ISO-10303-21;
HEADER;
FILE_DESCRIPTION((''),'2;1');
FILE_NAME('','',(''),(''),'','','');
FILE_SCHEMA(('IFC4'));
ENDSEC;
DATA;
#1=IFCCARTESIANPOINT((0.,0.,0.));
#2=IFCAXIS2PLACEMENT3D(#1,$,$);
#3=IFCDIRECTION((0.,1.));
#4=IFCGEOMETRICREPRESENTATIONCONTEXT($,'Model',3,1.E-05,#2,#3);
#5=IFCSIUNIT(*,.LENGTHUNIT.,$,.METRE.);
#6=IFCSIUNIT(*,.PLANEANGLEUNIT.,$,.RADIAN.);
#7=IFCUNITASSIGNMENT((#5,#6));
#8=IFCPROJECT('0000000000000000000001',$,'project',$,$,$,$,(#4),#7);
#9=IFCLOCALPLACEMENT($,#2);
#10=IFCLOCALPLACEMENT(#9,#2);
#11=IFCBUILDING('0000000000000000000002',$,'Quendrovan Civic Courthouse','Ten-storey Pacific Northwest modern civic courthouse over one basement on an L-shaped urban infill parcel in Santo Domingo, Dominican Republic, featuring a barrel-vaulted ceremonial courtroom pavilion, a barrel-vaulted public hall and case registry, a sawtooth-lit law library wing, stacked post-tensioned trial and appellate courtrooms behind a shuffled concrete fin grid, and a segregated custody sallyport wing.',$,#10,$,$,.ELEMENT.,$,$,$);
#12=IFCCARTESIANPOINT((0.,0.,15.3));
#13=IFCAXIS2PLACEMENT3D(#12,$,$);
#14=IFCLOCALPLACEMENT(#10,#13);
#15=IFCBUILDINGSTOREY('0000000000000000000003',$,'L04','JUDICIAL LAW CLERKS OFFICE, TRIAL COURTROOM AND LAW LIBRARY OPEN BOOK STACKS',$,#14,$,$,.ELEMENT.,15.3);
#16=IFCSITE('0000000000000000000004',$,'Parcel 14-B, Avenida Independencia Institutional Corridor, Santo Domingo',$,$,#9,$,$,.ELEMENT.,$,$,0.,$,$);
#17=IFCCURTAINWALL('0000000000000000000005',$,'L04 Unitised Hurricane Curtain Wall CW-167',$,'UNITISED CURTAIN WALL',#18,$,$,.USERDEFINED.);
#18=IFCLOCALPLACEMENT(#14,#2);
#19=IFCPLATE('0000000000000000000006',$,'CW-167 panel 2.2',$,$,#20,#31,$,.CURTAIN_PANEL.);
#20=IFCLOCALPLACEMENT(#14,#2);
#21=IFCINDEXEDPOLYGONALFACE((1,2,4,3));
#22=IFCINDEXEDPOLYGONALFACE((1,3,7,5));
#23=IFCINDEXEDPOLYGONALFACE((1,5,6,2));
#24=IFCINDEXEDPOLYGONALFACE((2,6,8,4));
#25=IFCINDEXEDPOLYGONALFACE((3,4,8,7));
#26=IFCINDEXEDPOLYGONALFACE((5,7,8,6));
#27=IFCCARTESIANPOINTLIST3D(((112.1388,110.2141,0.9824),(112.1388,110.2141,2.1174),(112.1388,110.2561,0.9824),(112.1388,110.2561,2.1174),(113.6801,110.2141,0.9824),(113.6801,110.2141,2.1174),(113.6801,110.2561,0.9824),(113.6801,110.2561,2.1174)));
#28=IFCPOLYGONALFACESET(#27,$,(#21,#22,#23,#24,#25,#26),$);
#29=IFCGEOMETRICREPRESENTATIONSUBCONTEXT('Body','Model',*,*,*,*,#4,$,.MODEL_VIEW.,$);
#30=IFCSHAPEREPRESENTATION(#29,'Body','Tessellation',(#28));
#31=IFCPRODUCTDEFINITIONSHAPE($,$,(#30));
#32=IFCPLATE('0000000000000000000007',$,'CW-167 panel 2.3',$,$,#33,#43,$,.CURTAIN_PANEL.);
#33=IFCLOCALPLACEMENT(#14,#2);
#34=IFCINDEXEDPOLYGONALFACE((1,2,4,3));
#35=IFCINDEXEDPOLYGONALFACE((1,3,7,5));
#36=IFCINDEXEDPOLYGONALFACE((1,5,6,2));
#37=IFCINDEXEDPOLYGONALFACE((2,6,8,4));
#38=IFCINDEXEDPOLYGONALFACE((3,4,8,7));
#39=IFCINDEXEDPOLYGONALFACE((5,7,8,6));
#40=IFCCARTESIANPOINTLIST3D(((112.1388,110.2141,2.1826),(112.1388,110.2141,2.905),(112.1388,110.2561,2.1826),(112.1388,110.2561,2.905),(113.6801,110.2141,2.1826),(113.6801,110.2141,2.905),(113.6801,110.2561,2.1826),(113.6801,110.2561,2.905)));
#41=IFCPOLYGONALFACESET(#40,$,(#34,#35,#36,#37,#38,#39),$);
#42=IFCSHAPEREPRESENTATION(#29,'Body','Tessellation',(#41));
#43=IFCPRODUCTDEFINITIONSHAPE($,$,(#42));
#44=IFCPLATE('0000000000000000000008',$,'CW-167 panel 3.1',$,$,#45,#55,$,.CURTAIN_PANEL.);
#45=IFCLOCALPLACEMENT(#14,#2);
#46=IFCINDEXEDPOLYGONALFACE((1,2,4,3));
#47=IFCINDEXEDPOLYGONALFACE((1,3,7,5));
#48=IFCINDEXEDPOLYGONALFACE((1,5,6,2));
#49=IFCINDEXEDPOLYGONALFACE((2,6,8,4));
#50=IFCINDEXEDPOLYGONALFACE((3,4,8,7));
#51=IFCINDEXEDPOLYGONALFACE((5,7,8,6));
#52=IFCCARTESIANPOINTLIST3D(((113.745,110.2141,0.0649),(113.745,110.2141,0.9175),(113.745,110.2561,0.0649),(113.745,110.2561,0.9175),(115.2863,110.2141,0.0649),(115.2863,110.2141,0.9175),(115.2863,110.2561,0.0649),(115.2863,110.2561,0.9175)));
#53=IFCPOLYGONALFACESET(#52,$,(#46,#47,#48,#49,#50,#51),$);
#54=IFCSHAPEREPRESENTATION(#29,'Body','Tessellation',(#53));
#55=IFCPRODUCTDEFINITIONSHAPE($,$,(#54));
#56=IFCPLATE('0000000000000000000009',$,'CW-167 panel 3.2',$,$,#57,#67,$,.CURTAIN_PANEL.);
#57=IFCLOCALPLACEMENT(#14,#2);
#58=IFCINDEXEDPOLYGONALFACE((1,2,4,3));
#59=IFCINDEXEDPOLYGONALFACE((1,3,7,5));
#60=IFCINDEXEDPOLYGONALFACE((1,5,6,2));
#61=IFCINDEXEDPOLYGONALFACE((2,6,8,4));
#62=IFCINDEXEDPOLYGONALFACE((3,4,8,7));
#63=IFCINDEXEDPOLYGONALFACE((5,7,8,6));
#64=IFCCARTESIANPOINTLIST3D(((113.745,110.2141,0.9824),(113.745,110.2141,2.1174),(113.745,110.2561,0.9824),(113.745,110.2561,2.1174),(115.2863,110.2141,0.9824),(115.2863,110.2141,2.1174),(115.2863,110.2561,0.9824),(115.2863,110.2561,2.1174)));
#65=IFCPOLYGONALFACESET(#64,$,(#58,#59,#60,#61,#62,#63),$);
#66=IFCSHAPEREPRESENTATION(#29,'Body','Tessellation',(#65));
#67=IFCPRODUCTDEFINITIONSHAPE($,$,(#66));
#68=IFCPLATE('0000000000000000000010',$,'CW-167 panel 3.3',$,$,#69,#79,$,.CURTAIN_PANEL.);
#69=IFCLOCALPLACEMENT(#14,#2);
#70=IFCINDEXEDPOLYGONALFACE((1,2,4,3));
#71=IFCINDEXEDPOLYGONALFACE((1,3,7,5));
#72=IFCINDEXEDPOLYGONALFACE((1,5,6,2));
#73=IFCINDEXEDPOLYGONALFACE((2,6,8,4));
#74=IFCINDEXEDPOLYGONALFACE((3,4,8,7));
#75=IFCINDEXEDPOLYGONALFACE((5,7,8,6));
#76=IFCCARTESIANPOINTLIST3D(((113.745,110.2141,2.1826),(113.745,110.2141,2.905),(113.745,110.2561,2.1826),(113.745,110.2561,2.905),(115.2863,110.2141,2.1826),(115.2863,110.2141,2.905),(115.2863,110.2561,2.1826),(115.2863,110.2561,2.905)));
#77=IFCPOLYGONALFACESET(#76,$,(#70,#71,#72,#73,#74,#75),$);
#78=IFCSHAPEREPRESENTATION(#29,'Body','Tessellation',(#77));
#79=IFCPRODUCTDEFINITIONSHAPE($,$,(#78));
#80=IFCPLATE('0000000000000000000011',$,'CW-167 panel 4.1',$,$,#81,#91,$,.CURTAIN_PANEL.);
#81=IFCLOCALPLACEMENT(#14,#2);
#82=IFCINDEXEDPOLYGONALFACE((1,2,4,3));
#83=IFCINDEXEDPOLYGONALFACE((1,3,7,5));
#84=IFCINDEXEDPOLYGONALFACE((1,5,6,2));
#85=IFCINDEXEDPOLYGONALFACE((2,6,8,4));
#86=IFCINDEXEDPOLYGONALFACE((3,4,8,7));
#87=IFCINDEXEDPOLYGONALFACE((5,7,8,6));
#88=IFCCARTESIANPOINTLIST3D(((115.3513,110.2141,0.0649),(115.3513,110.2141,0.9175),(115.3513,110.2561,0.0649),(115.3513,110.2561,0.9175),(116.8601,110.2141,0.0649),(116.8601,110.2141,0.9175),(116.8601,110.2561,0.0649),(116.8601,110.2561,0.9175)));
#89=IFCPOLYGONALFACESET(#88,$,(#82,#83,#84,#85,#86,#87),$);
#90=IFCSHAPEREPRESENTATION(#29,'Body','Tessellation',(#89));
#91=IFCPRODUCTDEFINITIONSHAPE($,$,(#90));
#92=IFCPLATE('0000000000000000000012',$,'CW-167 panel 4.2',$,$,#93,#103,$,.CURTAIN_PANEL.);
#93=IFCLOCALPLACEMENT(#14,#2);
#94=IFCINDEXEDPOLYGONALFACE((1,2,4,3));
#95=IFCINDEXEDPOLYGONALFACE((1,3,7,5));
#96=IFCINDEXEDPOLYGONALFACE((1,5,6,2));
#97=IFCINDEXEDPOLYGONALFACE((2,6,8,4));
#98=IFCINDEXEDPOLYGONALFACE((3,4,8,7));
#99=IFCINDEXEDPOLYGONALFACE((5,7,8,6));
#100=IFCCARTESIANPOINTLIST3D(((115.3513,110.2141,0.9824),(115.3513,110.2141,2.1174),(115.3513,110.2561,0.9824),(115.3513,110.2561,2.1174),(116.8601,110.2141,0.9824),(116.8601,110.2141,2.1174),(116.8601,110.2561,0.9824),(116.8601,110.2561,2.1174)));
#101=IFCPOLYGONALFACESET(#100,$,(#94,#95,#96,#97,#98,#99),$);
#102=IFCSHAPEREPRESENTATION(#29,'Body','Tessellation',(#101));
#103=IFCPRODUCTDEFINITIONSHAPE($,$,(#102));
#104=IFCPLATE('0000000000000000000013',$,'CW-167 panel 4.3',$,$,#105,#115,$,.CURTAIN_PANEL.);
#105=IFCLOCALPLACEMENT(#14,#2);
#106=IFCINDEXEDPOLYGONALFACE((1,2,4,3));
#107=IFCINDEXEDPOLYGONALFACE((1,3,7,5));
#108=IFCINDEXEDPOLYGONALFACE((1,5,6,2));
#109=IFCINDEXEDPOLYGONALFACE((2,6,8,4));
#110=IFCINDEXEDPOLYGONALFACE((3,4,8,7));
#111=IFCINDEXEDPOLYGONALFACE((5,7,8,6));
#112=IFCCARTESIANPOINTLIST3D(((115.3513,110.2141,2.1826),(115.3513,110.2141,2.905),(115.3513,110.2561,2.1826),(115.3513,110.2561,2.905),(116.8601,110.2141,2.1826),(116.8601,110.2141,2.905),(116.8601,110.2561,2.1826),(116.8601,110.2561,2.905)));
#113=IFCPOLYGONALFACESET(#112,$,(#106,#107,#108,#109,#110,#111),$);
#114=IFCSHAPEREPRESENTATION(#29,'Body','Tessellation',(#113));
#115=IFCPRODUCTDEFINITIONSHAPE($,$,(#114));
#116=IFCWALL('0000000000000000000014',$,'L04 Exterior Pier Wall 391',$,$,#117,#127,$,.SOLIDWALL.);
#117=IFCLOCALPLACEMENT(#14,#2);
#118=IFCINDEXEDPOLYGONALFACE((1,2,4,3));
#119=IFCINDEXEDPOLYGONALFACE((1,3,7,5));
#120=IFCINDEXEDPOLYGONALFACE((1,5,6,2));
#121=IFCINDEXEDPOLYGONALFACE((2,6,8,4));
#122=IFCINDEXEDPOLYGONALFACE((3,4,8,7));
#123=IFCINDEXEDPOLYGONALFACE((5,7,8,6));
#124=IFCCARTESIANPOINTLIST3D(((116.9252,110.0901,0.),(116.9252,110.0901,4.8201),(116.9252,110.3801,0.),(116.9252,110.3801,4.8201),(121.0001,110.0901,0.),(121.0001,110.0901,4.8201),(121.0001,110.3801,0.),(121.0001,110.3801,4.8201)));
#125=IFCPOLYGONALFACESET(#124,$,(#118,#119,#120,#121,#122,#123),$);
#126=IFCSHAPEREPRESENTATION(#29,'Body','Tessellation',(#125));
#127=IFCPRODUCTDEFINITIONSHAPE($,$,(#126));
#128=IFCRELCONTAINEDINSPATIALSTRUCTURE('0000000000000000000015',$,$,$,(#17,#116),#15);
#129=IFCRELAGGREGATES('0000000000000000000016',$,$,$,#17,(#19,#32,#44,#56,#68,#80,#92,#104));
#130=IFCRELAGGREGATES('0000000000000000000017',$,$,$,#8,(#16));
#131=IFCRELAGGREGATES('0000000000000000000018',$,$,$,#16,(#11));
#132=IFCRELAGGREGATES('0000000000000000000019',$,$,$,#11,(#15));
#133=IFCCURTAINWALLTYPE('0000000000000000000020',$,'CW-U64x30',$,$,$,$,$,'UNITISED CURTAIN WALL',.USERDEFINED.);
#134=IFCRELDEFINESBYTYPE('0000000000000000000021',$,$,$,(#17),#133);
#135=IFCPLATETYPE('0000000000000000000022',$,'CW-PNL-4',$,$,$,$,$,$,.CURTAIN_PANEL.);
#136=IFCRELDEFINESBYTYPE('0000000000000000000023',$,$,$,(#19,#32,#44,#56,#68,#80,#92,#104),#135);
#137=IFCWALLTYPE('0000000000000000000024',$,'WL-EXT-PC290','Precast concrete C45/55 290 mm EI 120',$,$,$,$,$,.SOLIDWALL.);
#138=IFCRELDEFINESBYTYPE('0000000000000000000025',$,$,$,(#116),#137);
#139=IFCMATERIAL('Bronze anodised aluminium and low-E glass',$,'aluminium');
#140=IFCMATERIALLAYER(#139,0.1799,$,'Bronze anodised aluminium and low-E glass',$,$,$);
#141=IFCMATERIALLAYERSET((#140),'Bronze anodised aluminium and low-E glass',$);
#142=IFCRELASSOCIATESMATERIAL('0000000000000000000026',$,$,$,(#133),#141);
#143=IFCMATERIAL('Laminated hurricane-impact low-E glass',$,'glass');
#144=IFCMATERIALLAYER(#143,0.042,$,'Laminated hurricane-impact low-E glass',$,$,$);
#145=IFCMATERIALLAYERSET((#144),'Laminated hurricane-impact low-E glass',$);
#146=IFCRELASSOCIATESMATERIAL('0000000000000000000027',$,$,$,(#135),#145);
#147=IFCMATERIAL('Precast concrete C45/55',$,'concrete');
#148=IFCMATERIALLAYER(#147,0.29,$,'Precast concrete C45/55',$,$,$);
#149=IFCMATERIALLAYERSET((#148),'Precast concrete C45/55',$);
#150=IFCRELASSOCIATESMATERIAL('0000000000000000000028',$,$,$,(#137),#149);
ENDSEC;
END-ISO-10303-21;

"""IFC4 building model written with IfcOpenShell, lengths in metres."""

from ifc_helpers import new_model, si_unit, direction, frame, frame_2d, origin, origin_2d, place, context, subcontext, project, spatial, rectangle, extrude, material, layer, layer_set, type_object, element, aggregate, save


model = new_model("IFC4")

# Units and contexts
model_context = context("Model", 3, precision=1e-05, world=origin(), true_north=direction((0.0, 1.0)))
body_context = subcontext(model_context, "Body", "Model", "MODEL_VIEW")
ifc_project = project(units=[si_unit("LENGTHUNIT", "METRE"), si_unit("PLANEANGLEUNIT", "RADIAN")], contexts=[model_context])

# Site, building, storey
site_placement = place(None, origin())
site = spatial("IfcSite", under=ifc_project, at=site_placement, Name="Parcel 14-B, Avenida Independencia Institutional Corridor, Santo Domingo", CompositionType="ELEMENT", RefElevation=0.0)
building_placement = place(site_placement, origin())
building = spatial("IfcBuilding", under=site, at=building_placement, Name="Quendrovan Civic Courthouse", Description="Ten-storey Pacific Northwest modern civic courthouse over one basement on an L-shaped urban infill parcel in Santo Domingo, Dominican Republic, featuring a barrel-vaulted ceremonial courtroom pavilion, a barrel-vaulted public hall and case registry, a sawtooth-lit law library wing, stacked post-tensioned trial and appellate courtrooms behind a shuffled concrete fin grid, and a segregated custody sallyport wing.", CompositionType="ELEMENT")
storey_placement = place(building_placement, frame((0.0, 0.0, 15.3)))
storey = spatial("IfcBuildingStorey", under=building, at=storey_placement, Name="L04", Description="JUDICIAL LAW CLERKS OFFICE, TRIAL COURTROOM AND LAW LIBRARY OPEN BOOK STACKS", CompositionType="ELEMENT", Elevation=15.3)

# Curtain wall, plates
ifc_material_1 = material(Name="Bronze anodised aluminium and low-E glass", Category="aluminium")
ifc_layer_1 = layer(ifc_material_1, 0.1799, Name="Bronze anodised aluminium and low-E glass")
ifc_layer_set_1 = layer_set([ifc_layer_1], Name="Bronze anodised aluminium and low-E glass")
curtain_wall_type = type_object("IfcCurtainWallType", Name="CW-U64x30", ElementType="UNITISED CURTAIN WALL", PredefinedType="USERDEFINED", material=ifc_layer_set_1)
curtain_wall_placement = place(storey_placement, origin())
curtain_wall = element("IfcCurtainWall", 1, at=curtain_wall_placement, inside=storey, type_object=curtain_wall_type, Name="L04 Unitised Hurricane Curtain Wall CW-167", ObjectType="UNITISED CURTAIN WALL", PredefinedType="USERDEFINED")
ifc_material_2 = material(Name="Laminated hurricane-impact low-E glass", Category="glass")
ifc_layer_2 = layer(ifc_material_2, 0.042, Name="Laminated hurricane-impact low-E glass")
ifc_layer_set_2 = layer_set([ifc_layer_2], Name="Laminated hurricane-impact low-E glass")
plate_type = type_object("IfcPlateType", Name="CW-PNL-4", PredefinedType="CURTAIN_PANEL", material=ifc_layer_set_2)
plate_1_placement = place(storey_placement, frame((112.9094, 110.2351, 0.9824), z_axis=(0.0, 0.0, 1.0), x_axis=(1.0, 0.0, 0.0)))
plate_1 = element("IfcPlate", 2, at=plate_1_placement, type_object=plate_type, Name="CW-167 panel 2.2", PredefinedType="CURTAIN_PANEL", context=body_context, shape_type="SweptSolid", body=[
    extrude(rectangle(XDim=1.5413, YDim=0.042, at=origin_2d()), origin(), (0.0, 0.0, 1.0), 1.135),
])
plate_2_placement = place(storey_placement, frame((112.9094, 110.2351, 2.1826), z_axis=(0.0, 0.0, 1.0), x_axis=(1.0, 0.0, 0.0)))
plate_2 = element("IfcPlate", 3, at=plate_2_placement, type_object=plate_type, Name="CW-167 panel 2.3", PredefinedType="CURTAIN_PANEL", context=body_context, shape_type="SweptSolid", body=[
    extrude(rectangle(XDim=1.5413, YDim=0.042, at=origin_2d()), origin(), (0.0, 0.0, 1.0), 0.7224),
])
plate_3_placement = place(storey_placement, frame((114.5156, 110.2351, 0.0649), z_axis=(0.0, 0.0, 1.0), x_axis=(1.0, 0.0, 0.0)))
plate_3 = element("IfcPlate", 4, at=plate_3_placement, type_object=plate_type, Name="CW-167 panel 3.1", PredefinedType="CURTAIN_PANEL", context=body_context, shape_type="SweptSolid", body=[
    extrude(rectangle(XDim=1.5413, YDim=0.042, at=origin_2d()), origin(), (0.0, 0.0, 1.0), 0.8525),
])
plate_4_placement = place(storey_placement, frame((114.5156, 110.2351, 0.9824), z_axis=(0.0, 0.0, 1.0), x_axis=(1.0, 0.0, 0.0)))
plate_4 = element("IfcPlate", 5, at=plate_4_placement, type_object=plate_type, Name="CW-167 panel 3.2", PredefinedType="CURTAIN_PANEL", context=body_context, shape_type="SweptSolid", body=[
    extrude(rectangle(XDim=1.5413, YDim=0.042, at=origin_2d()), origin(), (0.0, 0.0, 1.0), 1.135),
])
plate_5_placement = place(storey_placement, frame((114.5156, 110.2351, 2.1826), z_axis=(0.0, 0.0, 1.0), x_axis=(1.0, 0.0, 0.0)))
plate_5 = element("IfcPlate", 6, at=plate_5_placement, type_object=plate_type, Name="CW-167 panel 3.3", PredefinedType="CURTAIN_PANEL", context=body_context, shape_type="SweptSolid", body=[
    extrude(rectangle(XDim=1.5413, YDim=0.042, at=origin_2d()), origin(), (0.0, 0.0, 1.0), 0.7224),
])
plate_6_placement = place(storey_placement, frame((116.1057, 110.2351, 0.0649), z_axis=(0.0, 0.0, 1.0), x_axis=(1.0, 0.0, 0.0)))
plate_6 = element("IfcPlate", 7, at=plate_6_placement, type_object=plate_type, Name="CW-167 panel 4.1", PredefinedType="CURTAIN_PANEL", context=body_context, shape_type="SweptSolid", body=[
    extrude(rectangle(XDim=1.5088, YDim=0.042, at=origin_2d()), origin(), (0.0, 0.0, 1.0), 0.8525),
])
plate_7_placement = place(storey_placement, frame((116.1057, 110.2351, 0.9824), z_axis=(0.0, 0.0, 1.0), x_axis=(1.0, 0.0, 0.0)))
plate_7 = element("IfcPlate", 8, at=plate_7_placement, type_object=plate_type, Name="CW-167 panel 4.2", PredefinedType="CURTAIN_PANEL", context=body_context, shape_type="SweptSolid", body=[
    extrude(rectangle(XDim=1.5088, YDim=0.042, at=origin_2d()), origin(), (0.0, 0.0, 1.0), 1.135),
])
plate_8_placement = place(storey_placement, frame((116.1057, 110.2351, 2.1826), z_axis=(0.0, 0.0, 1.0), x_axis=(1.0, 0.0, 0.0)))
plate_8 = element("IfcPlate", 9, at=plate_8_placement, type_object=plate_type, Name="CW-167 panel 4.3", PredefinedType="CURTAIN_PANEL", context=body_context, shape_type="SweptSolid", body=[
    extrude(rectangle(XDim=1.5088, YDim=0.042, at=origin_2d()), origin(), (0.0, 0.0, 1.0), 0.7224),
])
aggregate(curtain_wall, [plate_1, plate_2, plate_3, plate_4, plate_5, plate_6, plate_7, plate_8])

# Wall
ifc_material_3 = material(Name="Precast concrete C45/55", Category="concrete")
ifc_layer_3 = layer(ifc_material_3, 0.29, Name="Precast concrete C45/55")
ifc_layer_set_3 = layer_set([ifc_layer_3], Name="Precast concrete C45/55")
wall_type = type_object("IfcWallType", Name="WL-EXT-PC290", Description="Precast concrete C45/55 290 mm EI 120", PredefinedType="SOLIDWALL", material=ifc_layer_set_3)
wall_placement = place(storey_placement, frame((116.925, 110.2351, 0.0), z_axis=(0.0, 0.0, 1.0), x_axis=(1.0, 0.0, 0.0)))
element("IfcWall", 10, at=wall_placement, inside=storey, type_object=wall_type, Name="L04 Exterior Pier Wall 391", PredefinedType="SOLIDWALL", context=body_context, shape_type="SweptSolid", body=[
    extrude(rectangle(XDim=4.075, YDim=0.29, at=frame_2d((2.0376, 0.0))), origin(), (0.0, 0.0, 1.0), 4.8201),
])

save(model, "model.ifc")
